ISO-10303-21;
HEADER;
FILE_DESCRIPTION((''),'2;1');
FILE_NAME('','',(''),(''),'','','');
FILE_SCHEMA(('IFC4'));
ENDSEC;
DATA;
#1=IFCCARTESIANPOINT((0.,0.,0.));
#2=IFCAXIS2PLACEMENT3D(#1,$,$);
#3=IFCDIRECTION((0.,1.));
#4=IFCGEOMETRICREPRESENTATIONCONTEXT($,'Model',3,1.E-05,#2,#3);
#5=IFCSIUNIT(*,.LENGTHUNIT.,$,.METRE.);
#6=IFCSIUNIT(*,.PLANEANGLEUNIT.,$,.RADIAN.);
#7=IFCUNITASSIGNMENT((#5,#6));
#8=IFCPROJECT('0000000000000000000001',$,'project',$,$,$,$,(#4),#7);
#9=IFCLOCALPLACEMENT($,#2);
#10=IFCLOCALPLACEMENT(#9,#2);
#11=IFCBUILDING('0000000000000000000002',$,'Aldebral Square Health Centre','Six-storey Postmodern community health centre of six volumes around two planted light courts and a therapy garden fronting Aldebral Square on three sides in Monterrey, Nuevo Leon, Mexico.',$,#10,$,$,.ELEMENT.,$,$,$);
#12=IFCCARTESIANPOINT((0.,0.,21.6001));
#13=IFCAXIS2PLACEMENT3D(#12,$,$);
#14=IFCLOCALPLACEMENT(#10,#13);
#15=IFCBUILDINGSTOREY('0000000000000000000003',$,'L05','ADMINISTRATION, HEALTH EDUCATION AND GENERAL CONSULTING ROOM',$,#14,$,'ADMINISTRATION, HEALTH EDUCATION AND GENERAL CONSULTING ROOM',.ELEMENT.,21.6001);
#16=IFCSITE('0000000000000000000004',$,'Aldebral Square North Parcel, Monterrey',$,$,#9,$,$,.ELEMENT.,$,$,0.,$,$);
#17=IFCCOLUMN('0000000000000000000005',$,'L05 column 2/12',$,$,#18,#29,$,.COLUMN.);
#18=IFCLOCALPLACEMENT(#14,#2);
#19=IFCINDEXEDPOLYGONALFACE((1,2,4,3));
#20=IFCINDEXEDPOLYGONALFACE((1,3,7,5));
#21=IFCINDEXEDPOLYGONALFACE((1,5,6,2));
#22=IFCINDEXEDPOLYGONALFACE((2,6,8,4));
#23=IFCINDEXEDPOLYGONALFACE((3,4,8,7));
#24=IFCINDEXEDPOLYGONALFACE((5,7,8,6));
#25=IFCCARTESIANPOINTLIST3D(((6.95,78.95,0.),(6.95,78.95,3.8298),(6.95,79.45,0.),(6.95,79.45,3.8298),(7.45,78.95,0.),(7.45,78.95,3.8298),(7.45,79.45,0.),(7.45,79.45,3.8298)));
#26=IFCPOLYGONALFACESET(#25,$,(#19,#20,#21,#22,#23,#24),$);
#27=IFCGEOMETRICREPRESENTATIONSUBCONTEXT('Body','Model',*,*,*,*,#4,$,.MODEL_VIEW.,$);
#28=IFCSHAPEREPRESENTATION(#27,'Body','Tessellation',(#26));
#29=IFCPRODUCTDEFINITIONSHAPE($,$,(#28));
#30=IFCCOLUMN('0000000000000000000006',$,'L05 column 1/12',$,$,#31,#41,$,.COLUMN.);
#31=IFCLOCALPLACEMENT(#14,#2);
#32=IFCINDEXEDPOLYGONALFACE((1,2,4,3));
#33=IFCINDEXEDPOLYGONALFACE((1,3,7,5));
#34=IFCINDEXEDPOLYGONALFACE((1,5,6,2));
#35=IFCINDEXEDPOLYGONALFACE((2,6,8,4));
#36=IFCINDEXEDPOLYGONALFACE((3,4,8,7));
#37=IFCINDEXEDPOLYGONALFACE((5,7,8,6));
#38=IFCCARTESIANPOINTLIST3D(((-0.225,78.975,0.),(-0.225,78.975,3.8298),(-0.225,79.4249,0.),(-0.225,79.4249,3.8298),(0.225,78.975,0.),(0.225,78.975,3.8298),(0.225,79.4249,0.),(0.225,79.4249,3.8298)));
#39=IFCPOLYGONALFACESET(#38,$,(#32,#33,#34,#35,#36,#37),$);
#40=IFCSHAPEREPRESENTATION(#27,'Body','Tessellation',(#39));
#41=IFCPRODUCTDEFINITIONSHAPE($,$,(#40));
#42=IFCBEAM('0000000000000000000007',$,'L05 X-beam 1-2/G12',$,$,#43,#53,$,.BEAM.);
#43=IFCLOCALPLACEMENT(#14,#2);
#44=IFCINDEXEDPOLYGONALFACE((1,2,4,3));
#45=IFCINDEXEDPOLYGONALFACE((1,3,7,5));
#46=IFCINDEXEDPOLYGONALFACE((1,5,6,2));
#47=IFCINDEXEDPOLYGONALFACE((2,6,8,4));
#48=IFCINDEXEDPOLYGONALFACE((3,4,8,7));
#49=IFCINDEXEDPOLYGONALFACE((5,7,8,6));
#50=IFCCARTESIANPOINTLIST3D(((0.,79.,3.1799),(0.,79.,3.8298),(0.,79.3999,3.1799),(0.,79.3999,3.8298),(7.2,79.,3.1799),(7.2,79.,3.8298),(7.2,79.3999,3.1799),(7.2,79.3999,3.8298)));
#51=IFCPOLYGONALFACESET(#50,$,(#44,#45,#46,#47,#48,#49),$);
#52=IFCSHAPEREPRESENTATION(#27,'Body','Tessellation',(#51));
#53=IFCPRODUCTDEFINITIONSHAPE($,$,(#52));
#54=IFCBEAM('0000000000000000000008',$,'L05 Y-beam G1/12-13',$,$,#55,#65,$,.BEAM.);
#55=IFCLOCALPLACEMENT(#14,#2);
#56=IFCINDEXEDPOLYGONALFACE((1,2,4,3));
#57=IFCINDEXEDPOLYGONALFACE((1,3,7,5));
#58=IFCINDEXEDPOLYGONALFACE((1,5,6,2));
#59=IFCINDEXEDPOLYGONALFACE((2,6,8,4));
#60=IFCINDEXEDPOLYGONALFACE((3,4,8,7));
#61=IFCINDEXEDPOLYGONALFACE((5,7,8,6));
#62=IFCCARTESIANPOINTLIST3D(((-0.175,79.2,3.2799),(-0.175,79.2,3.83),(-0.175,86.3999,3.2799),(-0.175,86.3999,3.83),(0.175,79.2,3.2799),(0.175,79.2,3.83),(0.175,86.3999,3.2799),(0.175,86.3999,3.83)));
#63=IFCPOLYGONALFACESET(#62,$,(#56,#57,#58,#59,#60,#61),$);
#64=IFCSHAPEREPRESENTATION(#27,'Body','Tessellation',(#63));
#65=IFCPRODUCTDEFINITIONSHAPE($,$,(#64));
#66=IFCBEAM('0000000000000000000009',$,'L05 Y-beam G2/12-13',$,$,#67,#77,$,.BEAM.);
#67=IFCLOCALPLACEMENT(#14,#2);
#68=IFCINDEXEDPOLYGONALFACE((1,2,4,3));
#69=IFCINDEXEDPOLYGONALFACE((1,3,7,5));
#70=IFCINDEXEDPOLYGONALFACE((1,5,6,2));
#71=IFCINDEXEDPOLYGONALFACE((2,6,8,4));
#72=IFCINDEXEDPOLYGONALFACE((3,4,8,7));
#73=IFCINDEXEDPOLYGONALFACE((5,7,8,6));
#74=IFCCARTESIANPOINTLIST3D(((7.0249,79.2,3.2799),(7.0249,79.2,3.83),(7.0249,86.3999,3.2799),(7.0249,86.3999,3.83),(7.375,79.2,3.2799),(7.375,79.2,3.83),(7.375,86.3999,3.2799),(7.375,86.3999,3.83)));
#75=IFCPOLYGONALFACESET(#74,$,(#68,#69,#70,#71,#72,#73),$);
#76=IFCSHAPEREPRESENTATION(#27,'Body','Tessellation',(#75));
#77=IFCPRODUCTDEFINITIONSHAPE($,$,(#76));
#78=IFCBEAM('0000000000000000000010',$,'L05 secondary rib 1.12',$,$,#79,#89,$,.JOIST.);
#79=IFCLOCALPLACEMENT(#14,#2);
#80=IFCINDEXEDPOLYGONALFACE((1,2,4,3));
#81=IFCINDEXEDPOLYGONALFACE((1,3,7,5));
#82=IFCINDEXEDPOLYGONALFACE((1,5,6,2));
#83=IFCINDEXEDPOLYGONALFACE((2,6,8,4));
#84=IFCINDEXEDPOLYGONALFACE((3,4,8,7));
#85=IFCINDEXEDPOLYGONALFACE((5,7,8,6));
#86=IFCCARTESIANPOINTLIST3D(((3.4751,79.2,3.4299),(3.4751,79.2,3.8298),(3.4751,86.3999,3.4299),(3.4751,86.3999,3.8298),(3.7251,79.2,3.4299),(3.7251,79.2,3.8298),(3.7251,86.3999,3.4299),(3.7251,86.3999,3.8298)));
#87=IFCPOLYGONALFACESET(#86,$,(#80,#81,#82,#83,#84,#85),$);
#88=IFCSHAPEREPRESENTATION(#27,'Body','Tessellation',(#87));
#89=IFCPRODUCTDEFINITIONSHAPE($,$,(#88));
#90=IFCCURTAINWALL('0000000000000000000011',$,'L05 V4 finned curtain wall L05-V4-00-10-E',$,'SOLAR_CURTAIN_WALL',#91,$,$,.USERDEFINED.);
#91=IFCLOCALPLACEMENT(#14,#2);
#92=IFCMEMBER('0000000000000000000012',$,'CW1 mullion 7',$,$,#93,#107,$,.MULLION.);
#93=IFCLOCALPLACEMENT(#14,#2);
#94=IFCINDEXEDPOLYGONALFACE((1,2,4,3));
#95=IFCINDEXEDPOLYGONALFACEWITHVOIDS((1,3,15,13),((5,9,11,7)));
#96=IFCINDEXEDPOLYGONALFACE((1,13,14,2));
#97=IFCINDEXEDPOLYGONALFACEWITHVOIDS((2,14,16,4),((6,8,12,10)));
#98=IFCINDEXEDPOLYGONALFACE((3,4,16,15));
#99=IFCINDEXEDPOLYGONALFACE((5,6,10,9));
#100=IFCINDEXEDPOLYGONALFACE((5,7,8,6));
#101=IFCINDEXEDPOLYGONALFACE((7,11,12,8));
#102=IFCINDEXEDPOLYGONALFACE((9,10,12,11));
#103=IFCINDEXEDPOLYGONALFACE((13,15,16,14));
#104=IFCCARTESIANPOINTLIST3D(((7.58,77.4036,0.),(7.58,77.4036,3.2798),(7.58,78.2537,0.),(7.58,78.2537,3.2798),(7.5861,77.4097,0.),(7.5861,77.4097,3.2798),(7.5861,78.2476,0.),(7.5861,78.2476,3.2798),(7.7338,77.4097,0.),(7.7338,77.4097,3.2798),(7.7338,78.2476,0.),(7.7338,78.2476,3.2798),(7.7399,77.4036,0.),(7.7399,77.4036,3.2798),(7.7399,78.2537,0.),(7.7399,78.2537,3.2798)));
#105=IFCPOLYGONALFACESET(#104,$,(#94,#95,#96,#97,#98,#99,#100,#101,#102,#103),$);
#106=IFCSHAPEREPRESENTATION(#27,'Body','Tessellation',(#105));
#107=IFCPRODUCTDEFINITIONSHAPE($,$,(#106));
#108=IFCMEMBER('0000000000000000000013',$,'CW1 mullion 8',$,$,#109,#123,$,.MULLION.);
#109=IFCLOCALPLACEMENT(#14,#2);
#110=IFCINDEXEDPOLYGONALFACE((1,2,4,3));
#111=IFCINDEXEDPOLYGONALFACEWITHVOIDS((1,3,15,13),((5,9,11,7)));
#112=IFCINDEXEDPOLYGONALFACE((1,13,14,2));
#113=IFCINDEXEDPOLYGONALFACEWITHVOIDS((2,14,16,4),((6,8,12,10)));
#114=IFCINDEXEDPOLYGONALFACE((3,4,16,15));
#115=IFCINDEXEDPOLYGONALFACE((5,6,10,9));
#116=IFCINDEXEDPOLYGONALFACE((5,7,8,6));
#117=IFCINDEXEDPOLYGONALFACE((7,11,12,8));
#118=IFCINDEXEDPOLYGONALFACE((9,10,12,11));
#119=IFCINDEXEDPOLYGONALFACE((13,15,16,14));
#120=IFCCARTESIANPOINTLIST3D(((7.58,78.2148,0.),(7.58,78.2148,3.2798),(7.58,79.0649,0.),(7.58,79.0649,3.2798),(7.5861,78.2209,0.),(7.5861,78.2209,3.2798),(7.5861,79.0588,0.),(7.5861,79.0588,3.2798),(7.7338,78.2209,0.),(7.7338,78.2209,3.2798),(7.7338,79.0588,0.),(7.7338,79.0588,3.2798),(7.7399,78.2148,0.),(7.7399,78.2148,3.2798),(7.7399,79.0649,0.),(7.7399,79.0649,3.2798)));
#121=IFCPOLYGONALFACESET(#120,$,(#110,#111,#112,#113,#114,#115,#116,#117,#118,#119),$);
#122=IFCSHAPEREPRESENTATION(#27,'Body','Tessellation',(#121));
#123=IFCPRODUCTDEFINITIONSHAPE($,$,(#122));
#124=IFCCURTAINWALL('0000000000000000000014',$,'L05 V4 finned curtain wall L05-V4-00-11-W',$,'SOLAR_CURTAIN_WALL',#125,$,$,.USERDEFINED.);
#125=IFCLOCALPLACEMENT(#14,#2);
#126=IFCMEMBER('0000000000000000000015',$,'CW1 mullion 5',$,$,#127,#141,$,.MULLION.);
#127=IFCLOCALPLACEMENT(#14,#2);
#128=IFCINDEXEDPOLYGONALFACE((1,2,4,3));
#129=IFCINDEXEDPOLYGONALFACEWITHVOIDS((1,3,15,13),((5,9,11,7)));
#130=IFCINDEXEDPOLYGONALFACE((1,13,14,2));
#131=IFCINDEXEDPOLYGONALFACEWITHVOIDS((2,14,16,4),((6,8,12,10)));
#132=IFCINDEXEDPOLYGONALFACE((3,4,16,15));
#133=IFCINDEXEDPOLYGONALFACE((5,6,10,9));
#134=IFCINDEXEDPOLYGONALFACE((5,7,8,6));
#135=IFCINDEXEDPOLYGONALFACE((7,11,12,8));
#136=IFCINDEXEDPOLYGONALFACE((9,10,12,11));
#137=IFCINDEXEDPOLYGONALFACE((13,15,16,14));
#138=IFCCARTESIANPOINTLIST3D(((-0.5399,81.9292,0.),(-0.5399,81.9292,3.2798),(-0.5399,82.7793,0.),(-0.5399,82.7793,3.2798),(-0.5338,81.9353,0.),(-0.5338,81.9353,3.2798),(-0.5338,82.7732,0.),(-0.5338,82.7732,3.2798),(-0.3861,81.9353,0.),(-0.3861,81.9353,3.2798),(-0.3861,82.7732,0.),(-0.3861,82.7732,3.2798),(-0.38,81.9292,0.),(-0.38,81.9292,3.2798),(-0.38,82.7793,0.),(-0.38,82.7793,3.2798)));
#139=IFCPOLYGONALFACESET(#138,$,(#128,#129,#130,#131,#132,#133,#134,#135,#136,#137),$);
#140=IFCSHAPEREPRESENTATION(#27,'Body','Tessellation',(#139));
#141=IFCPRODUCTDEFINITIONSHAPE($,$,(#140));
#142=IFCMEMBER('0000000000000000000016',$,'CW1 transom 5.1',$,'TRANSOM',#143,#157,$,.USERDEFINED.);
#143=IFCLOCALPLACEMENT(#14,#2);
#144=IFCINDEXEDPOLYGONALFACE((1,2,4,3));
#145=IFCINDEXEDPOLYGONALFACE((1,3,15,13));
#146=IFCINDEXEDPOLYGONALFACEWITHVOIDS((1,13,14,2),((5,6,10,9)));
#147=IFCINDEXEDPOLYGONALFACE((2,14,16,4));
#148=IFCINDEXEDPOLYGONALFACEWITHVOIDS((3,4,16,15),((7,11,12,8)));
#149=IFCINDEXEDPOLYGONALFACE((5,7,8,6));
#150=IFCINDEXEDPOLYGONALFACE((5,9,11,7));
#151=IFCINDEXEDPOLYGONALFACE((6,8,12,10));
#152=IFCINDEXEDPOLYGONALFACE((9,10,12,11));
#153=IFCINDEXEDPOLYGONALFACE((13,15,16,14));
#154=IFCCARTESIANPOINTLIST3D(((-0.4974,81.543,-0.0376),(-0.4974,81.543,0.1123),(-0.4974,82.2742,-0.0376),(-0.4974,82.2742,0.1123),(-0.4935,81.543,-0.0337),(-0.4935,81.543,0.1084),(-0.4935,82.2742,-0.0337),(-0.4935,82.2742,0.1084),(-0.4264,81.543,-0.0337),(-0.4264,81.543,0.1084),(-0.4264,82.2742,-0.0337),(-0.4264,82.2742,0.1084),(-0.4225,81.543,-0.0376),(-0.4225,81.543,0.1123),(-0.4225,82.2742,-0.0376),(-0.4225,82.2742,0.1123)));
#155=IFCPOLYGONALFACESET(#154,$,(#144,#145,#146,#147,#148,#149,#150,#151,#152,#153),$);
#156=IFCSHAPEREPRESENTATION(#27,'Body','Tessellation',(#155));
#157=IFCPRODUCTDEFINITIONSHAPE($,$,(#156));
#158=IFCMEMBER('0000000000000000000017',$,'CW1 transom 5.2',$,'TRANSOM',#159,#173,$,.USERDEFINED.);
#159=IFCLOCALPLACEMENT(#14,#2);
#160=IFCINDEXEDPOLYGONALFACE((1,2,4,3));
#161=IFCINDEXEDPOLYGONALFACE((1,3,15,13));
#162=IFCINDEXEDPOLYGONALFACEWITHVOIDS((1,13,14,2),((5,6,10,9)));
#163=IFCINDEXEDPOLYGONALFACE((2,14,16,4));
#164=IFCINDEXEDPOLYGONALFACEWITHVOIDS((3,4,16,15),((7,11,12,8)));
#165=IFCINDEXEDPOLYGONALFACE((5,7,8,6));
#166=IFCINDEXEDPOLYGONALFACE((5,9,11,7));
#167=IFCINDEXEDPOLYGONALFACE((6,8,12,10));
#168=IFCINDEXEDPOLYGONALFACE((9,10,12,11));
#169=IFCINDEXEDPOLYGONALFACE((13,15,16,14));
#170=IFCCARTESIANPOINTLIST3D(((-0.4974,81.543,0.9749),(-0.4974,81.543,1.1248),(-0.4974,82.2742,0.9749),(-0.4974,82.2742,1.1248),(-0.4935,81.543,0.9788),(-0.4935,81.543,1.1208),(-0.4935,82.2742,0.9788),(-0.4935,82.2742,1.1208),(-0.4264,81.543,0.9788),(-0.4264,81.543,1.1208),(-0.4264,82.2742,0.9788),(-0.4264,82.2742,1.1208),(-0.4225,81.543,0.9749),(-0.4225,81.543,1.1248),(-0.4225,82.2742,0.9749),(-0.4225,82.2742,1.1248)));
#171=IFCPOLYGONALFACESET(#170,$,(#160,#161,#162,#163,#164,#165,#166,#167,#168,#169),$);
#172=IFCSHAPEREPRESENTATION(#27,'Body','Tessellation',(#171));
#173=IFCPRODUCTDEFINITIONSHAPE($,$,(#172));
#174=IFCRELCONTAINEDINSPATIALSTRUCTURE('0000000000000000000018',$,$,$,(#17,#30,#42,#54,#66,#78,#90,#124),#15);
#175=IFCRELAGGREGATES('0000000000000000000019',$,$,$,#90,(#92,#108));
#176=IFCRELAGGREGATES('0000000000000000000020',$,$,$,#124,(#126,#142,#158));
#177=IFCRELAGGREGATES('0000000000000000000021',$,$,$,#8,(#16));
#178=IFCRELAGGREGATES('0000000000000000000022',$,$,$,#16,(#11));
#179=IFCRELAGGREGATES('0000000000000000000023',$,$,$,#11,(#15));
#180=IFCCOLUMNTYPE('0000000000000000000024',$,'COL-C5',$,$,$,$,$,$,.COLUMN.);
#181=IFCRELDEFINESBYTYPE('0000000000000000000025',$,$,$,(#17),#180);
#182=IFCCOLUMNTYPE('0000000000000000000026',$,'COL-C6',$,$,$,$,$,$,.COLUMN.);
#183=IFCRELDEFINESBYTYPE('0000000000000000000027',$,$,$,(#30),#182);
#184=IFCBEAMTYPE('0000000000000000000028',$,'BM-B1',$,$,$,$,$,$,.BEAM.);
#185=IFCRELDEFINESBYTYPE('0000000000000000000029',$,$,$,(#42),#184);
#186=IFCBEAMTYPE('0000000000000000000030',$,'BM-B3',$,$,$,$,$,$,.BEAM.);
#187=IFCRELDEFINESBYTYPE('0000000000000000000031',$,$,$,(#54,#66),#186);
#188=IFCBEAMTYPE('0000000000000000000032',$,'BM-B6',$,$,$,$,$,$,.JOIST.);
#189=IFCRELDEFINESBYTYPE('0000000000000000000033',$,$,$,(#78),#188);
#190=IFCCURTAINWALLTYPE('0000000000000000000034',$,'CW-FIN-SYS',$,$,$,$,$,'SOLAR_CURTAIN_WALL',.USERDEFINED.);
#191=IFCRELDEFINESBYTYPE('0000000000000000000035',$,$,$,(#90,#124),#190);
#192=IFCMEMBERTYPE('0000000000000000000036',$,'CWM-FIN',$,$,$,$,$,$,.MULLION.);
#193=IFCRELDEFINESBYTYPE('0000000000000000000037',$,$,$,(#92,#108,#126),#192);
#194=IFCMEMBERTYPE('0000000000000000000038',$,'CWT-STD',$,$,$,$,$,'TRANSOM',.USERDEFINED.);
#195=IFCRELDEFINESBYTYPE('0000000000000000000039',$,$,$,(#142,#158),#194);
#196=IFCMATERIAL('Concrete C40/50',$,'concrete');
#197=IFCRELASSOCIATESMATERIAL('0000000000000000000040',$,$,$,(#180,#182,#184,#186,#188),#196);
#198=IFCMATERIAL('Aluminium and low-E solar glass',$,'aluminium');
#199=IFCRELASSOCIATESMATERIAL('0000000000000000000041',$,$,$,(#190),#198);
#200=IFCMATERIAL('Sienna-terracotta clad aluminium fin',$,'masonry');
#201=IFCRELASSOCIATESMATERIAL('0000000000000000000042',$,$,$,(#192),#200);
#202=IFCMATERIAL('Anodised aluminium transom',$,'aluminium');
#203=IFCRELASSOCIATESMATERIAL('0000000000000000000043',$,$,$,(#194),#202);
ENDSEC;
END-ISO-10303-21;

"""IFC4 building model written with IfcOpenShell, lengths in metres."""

from ifc_helpers import new_model, si_unit, direction, frame, origin, origin_2d, place, context, subcontext, project, spatial, rectangle, hollow_rectangle, extrude, material, material_profile, profile_set, type_object, element, aggregate, save


model = new_model("IFC4")

# Units and contexts
model_context = context("Model", 3, precision=1e-05, world=origin(), true_north=direction((0.0, 1.0)))
body_context = subcontext(model_context, "Body", "Model", "MODEL_VIEW")
ifc_project = project(units=[si_unit("LENGTHUNIT", "METRE"), si_unit("PLANEANGLEUNIT", "RADIAN")], contexts=[model_context])

# Site, building, storey
site_placement = place(None, origin())
site = spatial("IfcSite", under=ifc_project, at=site_placement, Name="Aldebral Square North Parcel, Monterrey", CompositionType="ELEMENT", RefElevation=0.0)
building_placement = place(site_placement, origin())
building = spatial("IfcBuilding", under=site, at=building_placement, Name="Aldebral Square Health Centre", Description="Six-storey Postmodern community health centre of six volumes around two planted light courts and a therapy garden fronting Aldebral Square on three sides in Monterrey, Nuevo Leon, Mexico.", CompositionType="ELEMENT")
storey_placement = place(building_placement, frame((0.0, 0.0, 21.6001)))
storey = spatial("IfcBuildingStorey", under=building, at=storey_placement, Name="L05", Description="ADMINISTRATION, HEALTH EDUCATION AND GENERAL CONSULTING ROOM", LongName="ADMINISTRATION, HEALTH EDUCATION AND GENERAL CONSULTING ROOM", CompositionType="ELEMENT", Elevation=21.6001)

# Columns
ifc_material_1 = material(Name="Concrete C40/50", Category="concrete")
ifc_material_profile_1 = material_profile(ifc_material_1, rectangle(XDim=0.5, YDim=0.5, at=origin_2d()), Name="RC 500x500")
ifc_profile_set_1 = profile_set([ifc_material_profile_1], Name="Concrete C40/50")
column_type_1 = type_object("IfcColumnType", Name="COL-C5", PredefinedType="COLUMN", material=ifc_profile_set_1)
column_1_placement = place(storey_placement, frame((7.2, 79.2, 0.0), z_axis=(0.0, 0.0, 1.0), x_axis=(1.0, 0.0, 0.0)))
element("IfcColumn", 1, at=column_1_placement, inside=storey, type_object=column_type_1, Name="L05 column 2/12", PredefinedType="COLUMN", context=body_context, shape_type="SweptSolid", body=[
    extrude(rectangle(XDim=0.5, YDim=0.5, at=origin_2d()), origin(), (0.0, 0.0, 1.0), 3.8298),
])
ifc_material_profile_2 = material_profile(ifc_material_1, rectangle(XDim=0.45, YDim=0.45, at=origin_2d()), Name="RC 450x450")
ifc_profile_set_2 = profile_set([ifc_material_profile_2], Name="Concrete C40/50")
column_type_2 = type_object("IfcColumnType", Name="COL-C6", PredefinedType="COLUMN", material=ifc_profile_set_2)
column_2_placement = place(storey_placement, frame((0.0, 79.2, 0.0), z_axis=(0.0, 0.0, 1.0), x_axis=(1.0, 0.0, 0.0)))
element("IfcColumn", 2, at=column_2_placement, inside=storey, type_object=column_type_2, Name="L05 column 1/12", PredefinedType="COLUMN", context=body_context, shape_type="SweptSolid", body=[
    extrude(rectangle(XDim=0.45, YDim=0.45, at=origin_2d()), origin(), (0.0, 0.0, 1.0), 3.8298),
])

# Beams
ifc_material_profile_3 = material_profile(ifc_material_1, rectangle(XDim=0.3999, YDim=0.6499, at=origin_2d()), Name="RC 400x650")
ifc_profile_set_3 = profile_set([ifc_material_profile_3], Name="Concrete C40/50")
beam_type_1 = type_object("IfcBeamType", Name="BM-B1", PredefinedType="BEAM", material=ifc_profile_set_3)
beam_1_placement = place(storey_placement, frame((0.0, 79.2, 3.5049), z_axis=(1.0, 0.0, 0.0), x_axis=(0.0, 1.0, 0.0)))
element("IfcBeam", 3, at=beam_1_placement, inside=storey, type_object=beam_type_1, Name="L05 X-beam 1-2/G12", PredefinedType="BEAM", context=body_context, shape_type="SweptSolid", body=[
    extrude(rectangle(XDim=0.3999, YDim=0.6499, at=origin_2d()), origin(), (0.0, 0.0, 1.0), 7.2),
])
ifc_material_profile_4 = material_profile(ifc_material_1, rectangle(XDim=0.3501, YDim=0.55, at=origin_2d()), Name="RC 350x550")
ifc_profile_set_4 = profile_set([ifc_material_profile_4], Name="Concrete C40/50")
beam_type_2 = type_object("IfcBeamType", Name="BM-B3", PredefinedType="BEAM", material=ifc_profile_set_4)
for number, where, z_axis, x_axis, name in (
    (4, (0.0, 79.2, 3.5549), (0.0, 1.0, 0.0), (-1.0, 0.0, 0.0), "L05 Y-beam G1/12-13"),
    (5, (7.2, 79.2, 3.5549), (0.0, 1.0, 0.0), (-1.0, 0.0, 0.0), "L05 Y-beam G2/12-13"),
):
    element("IfcBeam", number, at=place(storey_placement, frame(where, z_axis=z_axis, x_axis=x_axis)), inside=storey, type_object=beam_type_2, Name=name, PredefinedType="BEAM", context=body_context, shape_type="SweptSolid", body=[
        extrude(rectangle(XDim=0.3501, YDim=0.55, at=origin_2d()), origin(), (0.0, 0.0, 1.0), 7.2),
    ])
ifc_material_profile_5 = material_profile(ifc_material_1, rectangle(XDim=0.25, YDim=0.3999, at=origin_2d()), Name="RC 250x400")
ifc_profile_set_5 = profile_set([ifc_material_profile_5], Name="Concrete C40/50")
beam_type_3 = type_object("IfcBeamType", Name="BM-B6", PredefinedType="JOIST", material=ifc_profile_set_5)
beam_2_placement = place(storey_placement, frame((3.6001, 79.2, 3.6299), z_axis=(0.0, 1.0, 0.0), x_axis=(-1.0, 0.0, 0.0)))
element("IfcBeam", 6, at=beam_2_placement, inside=storey, type_object=beam_type_3, Name="L05 secondary rib 1.12", PredefinedType="JOIST", context=body_context, shape_type="SweptSolid", body=[
    extrude(rectangle(XDim=0.25, YDim=0.3999, at=origin_2d()), origin(), (0.0, 0.0, 1.0), 7.2),
])

# Curtain wall, members
ifc_material_2 = material(Name="Aluminium and low-E solar glass", Category="aluminium")
curtain_wall_type = type_object("IfcCurtainWallType", Name="CW-FIN-SYS", ElementType="SOLAR_CURTAIN_WALL", PredefinedType="USERDEFINED", material=ifc_material_2)
curtain_wall_1_placement = place(storey_placement, origin())
curtain_wall_1 = element("IfcCurtainWall", 7, at=curtain_wall_1_placement, inside=storey, type_object=curtain_wall_type, Name="L05 V4 finned curtain wall L05-V4-00-10-E", ObjectType="SOLAR_CURTAIN_WALL", PredefinedType="USERDEFINED")
ifc_material_3 = material(Name="Sienna-terracotta clad aluminium fin", Category="masonry")
ifc_material_profile_6 = material_profile(ifc_material_3, hollow_rectangle(XDim=0.1599, YDim=0.8501, WallThickness=0.0061, at=origin_2d()), Name="FIN 160x850x6")
ifc_profile_set_6 = profile_set([ifc_material_profile_6], Name="Sienna-terracotta clad aluminium fin")
member_type_1 = type_object("IfcMemberType", Name="CWM-FIN", PredefinedType="MULLION", material=ifc_profile_set_6)
member_1_placement = place(storey_placement, frame((7.6599, 77.8286, 0.0), z_axis=(0.0, 0.0, 1.0), x_axis=(-1.0, 0.0, 0.0)))
member_1 = element("IfcMember", 8, at=member_1_placement, type_object=member_type_1, Name="CW1 mullion 7", PredefinedType="MULLION", context=body_context, shape_type="SweptSolid", body=[
    extrude(hollow_rectangle(XDim=0.1599, YDim=0.8501, WallThickness=0.0061, at=origin_2d()), origin(), (0.0, 0.0, 1.0), 3.2798),
])
member_2_placement = place(storey_placement, frame((7.6599, 78.6399, 0.0), z_axis=(0.0, 0.0, 1.0), x_axis=(-1.0, 0.0, 0.0)))
member_2 = element("IfcMember", 9, at=member_2_placement, type_object=member_type_1, Name="CW1 mullion 8", PredefinedType="MULLION", context=body_context, shape_type="SweptSolid", body=[
    extrude(hollow_rectangle(XDim=0.1599, YDim=0.8501, WallThickness=0.0061, at=origin_2d()), origin(), (0.0, 0.0, 1.0), 3.2798),
])
aggregate(curtain_wall_1, [member_1, member_2])

# Curtain wall, members
curtain_wall_2_placement = place(storey_placement, origin())
curtain_wall_2 = element("IfcCurtainWall", 10, at=curtain_wall_2_placement, inside=storey, type_object=curtain_wall_type, Name="L05 V4 finned curtain wall L05-V4-00-11-W", ObjectType="SOLAR_CURTAIN_WALL", PredefinedType="USERDEFINED")
member_3_placement = place(storey_placement, frame((-0.46, 82.3542, 0.0), z_axis=(0.0, 0.0, 1.0), x_axis=(1.0, 0.0, 0.0)))
member_3 = element("IfcMember", 11, at=member_3_placement, type_object=member_type_1, Name="CW1 mullion 5", PredefinedType="MULLION", context=body_context, shape_type="SweptSolid", body=[
    extrude(hollow_rectangle(XDim=0.1599, YDim=0.8501, WallThickness=0.0061, at=origin_2d()), origin(), (0.0, 0.0, 1.0), 3.2798),
])
ifc_material_4 = material(Name="Anodised aluminium transom", Category="aluminium")
ifc_material_profile_7 = material_profile(ifc_material_4, hollow_rectangle(XDim=0.075, YDim=0.1499, WallThickness=0.0039, at=origin_2d()), Name="CWT 75x150x4")
ifc_profile_set_7 = profile_set([ifc_material_profile_7], Name="Anodised aluminium transom")
member_type_2 = type_object("IfcMemberType", Name="CWT-STD", ElementType="TRANSOM", PredefinedType="USERDEFINED", material=ifc_profile_set_7)
member_4_placement = place(storey_placement, frame((-0.46, 82.2742, 0.0374), z_axis=(0.0, -1.0, 0.0), x_axis=(1.0, 0.0, 0.0)))
member_4 = element("IfcMember", 12, at=member_4_placement, type_object=member_type_2, Name="CW1 transom 5.1", ObjectType="TRANSOM", PredefinedType="USERDEFINED", context=body_context, shape_type="SweptSolid", body=[
    extrude(hollow_rectangle(XDim=0.075, YDim=0.1499, WallThickness=0.0039, at=origin_2d()), origin(), (0.0, 0.0, 1.0), 0.7312),
])
member_5_placement = place(storey_placement, frame((-0.46, 82.2742, 1.0498), z_axis=(0.0, -1.0, 0.0), x_axis=(1.0, 0.0, 0.0)))
member_5 = element("IfcMember", 13, at=member_5_placement, type_object=member_type_2, Name="CW1 transom 5.2", ObjectType="TRANSOM", PredefinedType="USERDEFINED", context=body_context, shape_type="SweptSolid", body=[
    extrude(hollow_rectangle(XDim=0.075, YDim=0.1499, WallThickness=0.0039, at=origin_2d()), origin(), (0.0, 0.0, 1.0), 0.7312),
])
aggregate(curtain_wall_2, [member_3, member_4, member_5])

save(model, "model.ifc")
